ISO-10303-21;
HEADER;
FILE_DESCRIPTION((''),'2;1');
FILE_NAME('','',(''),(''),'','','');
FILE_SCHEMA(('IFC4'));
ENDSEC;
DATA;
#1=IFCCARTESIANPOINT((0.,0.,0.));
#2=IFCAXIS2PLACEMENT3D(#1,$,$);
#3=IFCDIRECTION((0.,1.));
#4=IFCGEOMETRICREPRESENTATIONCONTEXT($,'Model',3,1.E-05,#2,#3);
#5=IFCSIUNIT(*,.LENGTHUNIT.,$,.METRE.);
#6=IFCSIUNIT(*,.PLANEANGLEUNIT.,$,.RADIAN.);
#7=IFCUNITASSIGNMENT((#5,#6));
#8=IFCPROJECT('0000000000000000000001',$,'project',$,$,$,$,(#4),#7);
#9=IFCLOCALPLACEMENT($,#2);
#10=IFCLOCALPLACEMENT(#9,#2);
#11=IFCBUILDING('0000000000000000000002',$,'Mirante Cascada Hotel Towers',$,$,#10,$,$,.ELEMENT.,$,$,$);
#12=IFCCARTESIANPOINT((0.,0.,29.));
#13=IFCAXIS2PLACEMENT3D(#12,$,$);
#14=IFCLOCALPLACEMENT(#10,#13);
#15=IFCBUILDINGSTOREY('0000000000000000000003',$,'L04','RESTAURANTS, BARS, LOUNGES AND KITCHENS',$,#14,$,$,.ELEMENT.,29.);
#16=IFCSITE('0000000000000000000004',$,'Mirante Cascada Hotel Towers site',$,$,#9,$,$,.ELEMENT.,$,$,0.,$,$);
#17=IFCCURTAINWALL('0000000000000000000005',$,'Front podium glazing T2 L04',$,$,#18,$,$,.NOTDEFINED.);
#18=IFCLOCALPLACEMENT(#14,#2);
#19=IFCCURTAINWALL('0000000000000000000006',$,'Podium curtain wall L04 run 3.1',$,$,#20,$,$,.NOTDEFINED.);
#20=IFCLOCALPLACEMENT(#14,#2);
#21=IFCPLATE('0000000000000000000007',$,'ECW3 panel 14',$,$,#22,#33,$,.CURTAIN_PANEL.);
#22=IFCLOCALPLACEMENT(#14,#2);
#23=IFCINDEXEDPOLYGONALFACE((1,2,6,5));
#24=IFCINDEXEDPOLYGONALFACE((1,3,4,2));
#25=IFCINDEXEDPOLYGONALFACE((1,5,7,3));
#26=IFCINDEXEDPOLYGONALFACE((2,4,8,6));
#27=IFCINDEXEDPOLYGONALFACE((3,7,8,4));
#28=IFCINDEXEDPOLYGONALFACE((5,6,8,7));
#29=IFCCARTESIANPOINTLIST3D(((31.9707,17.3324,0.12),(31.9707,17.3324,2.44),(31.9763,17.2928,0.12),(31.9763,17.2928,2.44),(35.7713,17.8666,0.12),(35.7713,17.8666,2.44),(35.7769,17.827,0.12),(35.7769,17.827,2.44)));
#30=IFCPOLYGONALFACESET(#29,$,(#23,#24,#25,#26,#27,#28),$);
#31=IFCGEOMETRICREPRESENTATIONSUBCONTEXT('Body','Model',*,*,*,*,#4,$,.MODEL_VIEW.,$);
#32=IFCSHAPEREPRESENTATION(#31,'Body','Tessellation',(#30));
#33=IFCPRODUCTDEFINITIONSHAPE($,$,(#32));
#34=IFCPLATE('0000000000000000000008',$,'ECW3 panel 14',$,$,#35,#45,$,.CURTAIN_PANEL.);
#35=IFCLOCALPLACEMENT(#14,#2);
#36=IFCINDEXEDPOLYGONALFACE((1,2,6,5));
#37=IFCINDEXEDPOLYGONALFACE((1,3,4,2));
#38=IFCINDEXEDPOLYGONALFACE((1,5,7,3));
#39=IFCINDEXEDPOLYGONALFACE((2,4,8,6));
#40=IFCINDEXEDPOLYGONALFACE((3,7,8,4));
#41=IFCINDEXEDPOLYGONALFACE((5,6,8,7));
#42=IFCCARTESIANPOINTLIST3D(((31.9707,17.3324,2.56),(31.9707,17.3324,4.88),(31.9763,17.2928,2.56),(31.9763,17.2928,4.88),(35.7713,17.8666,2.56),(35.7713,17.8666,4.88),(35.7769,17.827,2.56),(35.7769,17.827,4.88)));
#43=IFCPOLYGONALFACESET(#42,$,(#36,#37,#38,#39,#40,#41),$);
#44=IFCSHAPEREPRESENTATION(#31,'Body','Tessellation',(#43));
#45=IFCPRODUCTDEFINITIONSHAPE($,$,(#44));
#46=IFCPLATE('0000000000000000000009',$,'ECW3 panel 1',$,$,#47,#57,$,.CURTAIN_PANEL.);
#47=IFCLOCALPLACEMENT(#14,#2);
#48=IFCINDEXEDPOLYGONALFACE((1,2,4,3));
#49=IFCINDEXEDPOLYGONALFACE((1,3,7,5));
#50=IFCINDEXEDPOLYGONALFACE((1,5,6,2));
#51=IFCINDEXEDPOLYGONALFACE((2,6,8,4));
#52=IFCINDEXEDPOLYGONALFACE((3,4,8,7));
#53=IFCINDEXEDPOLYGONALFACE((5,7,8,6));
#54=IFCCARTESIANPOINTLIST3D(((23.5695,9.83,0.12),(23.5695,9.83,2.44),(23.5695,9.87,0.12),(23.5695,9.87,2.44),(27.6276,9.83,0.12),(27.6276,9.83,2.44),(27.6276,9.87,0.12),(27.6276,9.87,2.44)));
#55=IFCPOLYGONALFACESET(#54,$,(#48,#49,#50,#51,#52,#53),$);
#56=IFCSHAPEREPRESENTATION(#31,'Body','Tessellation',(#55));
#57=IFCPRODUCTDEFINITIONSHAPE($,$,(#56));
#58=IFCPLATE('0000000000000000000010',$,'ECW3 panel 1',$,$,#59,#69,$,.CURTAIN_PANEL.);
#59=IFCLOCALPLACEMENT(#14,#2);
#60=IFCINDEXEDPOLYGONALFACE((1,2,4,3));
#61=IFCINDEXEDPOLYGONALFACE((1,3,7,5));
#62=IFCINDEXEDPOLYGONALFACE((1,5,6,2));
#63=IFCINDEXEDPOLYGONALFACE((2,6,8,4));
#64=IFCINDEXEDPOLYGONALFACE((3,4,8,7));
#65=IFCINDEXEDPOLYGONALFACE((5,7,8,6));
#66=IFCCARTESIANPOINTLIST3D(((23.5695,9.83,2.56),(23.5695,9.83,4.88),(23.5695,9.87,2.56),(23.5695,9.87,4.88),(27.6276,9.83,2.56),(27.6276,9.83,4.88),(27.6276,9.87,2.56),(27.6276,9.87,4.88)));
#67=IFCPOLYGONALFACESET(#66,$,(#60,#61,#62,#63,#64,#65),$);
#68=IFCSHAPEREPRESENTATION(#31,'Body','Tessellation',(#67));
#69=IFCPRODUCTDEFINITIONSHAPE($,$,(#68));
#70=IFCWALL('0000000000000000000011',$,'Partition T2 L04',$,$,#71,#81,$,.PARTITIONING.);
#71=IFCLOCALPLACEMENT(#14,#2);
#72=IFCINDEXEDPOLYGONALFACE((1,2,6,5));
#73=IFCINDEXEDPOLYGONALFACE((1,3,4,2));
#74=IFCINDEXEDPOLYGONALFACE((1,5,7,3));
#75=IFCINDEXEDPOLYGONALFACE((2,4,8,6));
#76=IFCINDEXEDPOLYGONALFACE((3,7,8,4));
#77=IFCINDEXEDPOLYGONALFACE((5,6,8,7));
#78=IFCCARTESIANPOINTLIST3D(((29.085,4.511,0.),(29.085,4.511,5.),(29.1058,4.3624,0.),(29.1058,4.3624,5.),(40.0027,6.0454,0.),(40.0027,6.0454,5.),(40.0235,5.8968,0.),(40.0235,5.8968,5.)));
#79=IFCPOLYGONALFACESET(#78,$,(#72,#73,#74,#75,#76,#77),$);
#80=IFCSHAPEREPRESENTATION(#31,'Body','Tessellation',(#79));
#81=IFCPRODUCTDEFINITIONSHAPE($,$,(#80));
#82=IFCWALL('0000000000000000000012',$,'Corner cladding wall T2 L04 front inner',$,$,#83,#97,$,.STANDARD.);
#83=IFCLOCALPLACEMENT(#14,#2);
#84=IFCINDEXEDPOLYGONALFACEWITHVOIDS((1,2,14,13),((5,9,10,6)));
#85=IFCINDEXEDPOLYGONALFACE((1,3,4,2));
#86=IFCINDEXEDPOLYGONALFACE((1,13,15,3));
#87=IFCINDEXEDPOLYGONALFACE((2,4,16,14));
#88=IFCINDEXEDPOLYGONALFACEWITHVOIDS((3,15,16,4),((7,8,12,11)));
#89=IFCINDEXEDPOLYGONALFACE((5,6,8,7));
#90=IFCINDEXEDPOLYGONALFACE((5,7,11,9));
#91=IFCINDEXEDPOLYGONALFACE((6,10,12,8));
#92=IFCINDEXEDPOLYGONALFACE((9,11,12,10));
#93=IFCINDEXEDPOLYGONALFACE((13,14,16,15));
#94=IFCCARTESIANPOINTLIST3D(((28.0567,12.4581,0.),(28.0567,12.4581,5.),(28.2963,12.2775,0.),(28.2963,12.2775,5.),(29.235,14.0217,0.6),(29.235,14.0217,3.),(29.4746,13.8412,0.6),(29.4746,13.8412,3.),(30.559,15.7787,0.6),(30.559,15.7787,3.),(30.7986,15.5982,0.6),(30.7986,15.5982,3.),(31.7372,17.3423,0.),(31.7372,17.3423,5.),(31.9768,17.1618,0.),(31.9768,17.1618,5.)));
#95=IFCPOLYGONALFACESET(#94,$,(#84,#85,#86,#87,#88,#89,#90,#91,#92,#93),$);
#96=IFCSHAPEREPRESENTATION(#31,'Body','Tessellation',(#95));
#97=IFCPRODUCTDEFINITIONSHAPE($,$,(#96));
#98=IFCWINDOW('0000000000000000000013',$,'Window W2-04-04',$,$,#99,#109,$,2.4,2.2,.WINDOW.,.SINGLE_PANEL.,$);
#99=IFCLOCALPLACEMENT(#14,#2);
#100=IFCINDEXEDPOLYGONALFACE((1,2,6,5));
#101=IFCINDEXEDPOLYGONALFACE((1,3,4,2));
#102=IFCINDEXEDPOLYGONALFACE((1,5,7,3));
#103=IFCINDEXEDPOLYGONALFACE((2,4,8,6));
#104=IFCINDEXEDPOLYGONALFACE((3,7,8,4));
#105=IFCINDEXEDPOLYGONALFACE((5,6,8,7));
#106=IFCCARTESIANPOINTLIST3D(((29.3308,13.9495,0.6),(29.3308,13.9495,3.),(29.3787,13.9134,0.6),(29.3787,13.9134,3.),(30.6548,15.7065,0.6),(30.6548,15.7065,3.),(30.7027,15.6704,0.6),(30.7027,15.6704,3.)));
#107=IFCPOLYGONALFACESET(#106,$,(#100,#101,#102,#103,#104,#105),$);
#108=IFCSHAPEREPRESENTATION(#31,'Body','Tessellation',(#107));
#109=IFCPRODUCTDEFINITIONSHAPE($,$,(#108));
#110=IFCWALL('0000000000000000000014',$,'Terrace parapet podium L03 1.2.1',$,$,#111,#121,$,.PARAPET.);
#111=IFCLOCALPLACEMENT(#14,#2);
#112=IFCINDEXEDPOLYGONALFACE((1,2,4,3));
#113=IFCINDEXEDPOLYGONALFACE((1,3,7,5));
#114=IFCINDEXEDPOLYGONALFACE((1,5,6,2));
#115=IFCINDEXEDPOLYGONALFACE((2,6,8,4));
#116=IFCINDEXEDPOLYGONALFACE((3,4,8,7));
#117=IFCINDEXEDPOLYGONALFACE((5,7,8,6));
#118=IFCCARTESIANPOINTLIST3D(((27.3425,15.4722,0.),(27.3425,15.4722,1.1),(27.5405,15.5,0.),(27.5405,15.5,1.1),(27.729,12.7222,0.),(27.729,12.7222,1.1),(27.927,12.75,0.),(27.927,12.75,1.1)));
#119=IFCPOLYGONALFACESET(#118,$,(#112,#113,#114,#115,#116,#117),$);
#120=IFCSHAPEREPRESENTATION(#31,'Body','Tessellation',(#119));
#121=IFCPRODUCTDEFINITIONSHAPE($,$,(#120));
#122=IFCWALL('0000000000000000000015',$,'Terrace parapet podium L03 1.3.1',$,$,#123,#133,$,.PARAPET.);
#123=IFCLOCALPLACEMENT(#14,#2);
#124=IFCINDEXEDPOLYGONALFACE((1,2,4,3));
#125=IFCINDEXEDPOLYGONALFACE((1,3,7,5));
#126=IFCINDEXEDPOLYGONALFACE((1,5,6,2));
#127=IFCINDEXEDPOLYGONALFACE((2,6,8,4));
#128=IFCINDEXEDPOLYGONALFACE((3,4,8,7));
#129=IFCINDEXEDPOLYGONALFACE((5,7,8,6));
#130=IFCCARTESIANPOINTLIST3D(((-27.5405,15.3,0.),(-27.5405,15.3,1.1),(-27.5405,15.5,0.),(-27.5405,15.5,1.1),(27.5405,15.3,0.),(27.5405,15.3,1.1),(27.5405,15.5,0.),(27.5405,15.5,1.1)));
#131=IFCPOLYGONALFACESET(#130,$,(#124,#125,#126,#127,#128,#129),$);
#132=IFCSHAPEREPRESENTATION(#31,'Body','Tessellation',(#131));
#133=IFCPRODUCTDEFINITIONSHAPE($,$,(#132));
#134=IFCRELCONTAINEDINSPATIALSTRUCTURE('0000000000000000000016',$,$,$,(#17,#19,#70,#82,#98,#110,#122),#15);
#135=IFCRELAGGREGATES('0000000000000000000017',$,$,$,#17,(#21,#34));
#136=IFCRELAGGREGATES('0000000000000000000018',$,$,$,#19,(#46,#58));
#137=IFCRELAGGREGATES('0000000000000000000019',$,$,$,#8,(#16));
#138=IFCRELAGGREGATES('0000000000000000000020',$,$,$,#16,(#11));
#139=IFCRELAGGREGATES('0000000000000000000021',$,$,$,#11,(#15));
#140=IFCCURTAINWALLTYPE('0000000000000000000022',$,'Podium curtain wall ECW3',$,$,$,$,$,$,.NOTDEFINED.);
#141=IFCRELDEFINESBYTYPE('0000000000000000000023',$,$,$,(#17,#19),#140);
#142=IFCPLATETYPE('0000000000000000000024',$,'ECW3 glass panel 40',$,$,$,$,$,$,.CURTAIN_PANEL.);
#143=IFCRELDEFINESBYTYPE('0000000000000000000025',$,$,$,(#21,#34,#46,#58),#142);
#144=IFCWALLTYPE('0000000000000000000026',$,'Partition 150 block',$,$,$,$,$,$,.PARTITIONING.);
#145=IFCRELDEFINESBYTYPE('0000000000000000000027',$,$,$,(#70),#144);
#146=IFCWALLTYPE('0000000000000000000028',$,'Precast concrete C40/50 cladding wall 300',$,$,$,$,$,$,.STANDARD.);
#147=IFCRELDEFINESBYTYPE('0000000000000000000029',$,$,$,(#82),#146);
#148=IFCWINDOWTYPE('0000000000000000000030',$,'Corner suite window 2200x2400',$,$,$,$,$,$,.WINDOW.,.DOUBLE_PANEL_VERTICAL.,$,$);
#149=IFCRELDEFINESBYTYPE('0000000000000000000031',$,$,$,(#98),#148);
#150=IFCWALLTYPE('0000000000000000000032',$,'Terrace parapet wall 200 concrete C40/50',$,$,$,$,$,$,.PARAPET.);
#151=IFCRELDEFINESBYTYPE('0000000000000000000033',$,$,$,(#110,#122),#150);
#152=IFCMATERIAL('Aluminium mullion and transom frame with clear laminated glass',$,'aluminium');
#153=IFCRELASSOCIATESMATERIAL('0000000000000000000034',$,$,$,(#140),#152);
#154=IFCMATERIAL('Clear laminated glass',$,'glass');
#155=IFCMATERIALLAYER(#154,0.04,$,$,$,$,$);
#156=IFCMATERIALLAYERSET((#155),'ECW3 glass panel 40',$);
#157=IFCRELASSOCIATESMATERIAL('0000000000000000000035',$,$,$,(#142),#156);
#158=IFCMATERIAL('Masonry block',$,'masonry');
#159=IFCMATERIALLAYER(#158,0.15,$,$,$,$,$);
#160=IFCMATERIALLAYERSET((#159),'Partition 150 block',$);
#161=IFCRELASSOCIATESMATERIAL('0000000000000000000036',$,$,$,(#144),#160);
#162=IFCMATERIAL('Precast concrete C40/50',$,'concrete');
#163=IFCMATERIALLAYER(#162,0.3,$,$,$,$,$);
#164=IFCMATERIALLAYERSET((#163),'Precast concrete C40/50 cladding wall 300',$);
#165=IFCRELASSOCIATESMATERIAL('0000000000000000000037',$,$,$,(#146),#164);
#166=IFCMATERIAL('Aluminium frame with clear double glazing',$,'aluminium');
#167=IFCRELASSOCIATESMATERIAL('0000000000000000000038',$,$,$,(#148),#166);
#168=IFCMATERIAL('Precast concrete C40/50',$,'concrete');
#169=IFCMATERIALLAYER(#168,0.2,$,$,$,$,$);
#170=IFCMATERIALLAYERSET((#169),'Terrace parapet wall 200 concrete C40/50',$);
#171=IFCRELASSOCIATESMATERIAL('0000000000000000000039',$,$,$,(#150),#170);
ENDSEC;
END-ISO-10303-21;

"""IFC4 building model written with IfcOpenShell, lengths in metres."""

from ifc_helpers import new_model, si_unit, direction, frame, frame_2d, origin, origin_2d, place, context, subcontext, project, spatial, rectangle, extrude, material, layer, layer_set, type_object, element, fill, aggregate, save


model = new_model("IFC4")

# Units and contexts
model_context = context("Model", 3, precision=1e-05, world=origin(), true_north=direction((0.0, 1.0)))
body_context = subcontext(model_context, "Body", "Model", "MODEL_VIEW")
ifc_project = project(units=[si_unit("LENGTHUNIT", "METRE"), si_unit("PLANEANGLEUNIT", "RADIAN")], contexts=[model_context])

# Site, building, storey
site_placement = place(None, origin())
site = spatial("IfcSite", under=ifc_project, at=site_placement, Name="Mirante Cascada Hotel Towers site", CompositionType="ELEMENT", RefElevation=0.0)
building_placement = place(site_placement, origin())
building = spatial("IfcBuilding", under=site, at=building_placement, Name="Mirante Cascada Hotel Towers", CompositionType="ELEMENT")
storey_placement = place(building_placement, frame((0.0, 0.0, 29.0)))
storey = spatial("IfcBuildingStorey", under=building, at=storey_placement, Name="L04", Description="RESTAURANTS, BARS, LOUNGES AND KITCHENS", CompositionType="ELEMENT", Elevation=29.0)

# Curtain walls
ifc_material_1 = material(Name="Aluminium mullion and transom frame with clear laminated glass", Category="aluminium")
curtain_wall_type = type_object("IfcCurtainWallType", Name="Podium curtain wall ECW3", PredefinedType="NOTDEFINED", material=ifc_material_1)
curtain_wall_1_placement = place(storey_placement, origin())
curtain_wall_1 = element("IfcCurtainWall", 1, at=curtain_wall_1_placement, inside=storey, type_object=curtain_wall_type, Name="Front podium glazing T2 L04", PredefinedType="NOTDEFINED")
curtain_wall_2_placement = place(storey_placement, origin())
curtain_wall_2 = element("IfcCurtainWall", 2, at=curtain_wall_2_placement, inside=storey, type_object=curtain_wall_type, Name="Podium curtain wall L04 run 3.1", PredefinedType="NOTDEFINED")

# Plates
ifc_material_2 = material(Name="Clear laminated glass", Category="glass")
ifc_layer_1 = layer(ifc_material_2, 0.04)
ifc_layer_set_1 = layer_set([ifc_layer_1], Name="ECW3 glass panel 40")
plate_type = type_object("IfcPlateType", Name="ECW3 glass panel 40", PredefinedType="CURTAIN_PANEL", material=ifc_layer_set_1)
plate_1_placement = place(storey_placement, frame((33.8738, 17.5797, 0.12), z_axis=(0.0, 0.0, 1.0), x_axis=(-0.990268, -0.139173, 0.0)))
plate_1 = element("IfcPlate", 3, at=plate_1_placement, type_object=plate_type, Name="ECW3 panel 14", PredefinedType="CURTAIN_PANEL", context=body_context, shape_type="SweptSolid", body=[
    extrude(rectangle(XDim=3.8379, YDim=0.04, at=origin_2d()), origin(), (0.0, 0.0, 1.0), 2.32),
])
plate_2_placement = place(storey_placement, frame((33.8738, 17.5797, 2.56), z_axis=(0.0, 0.0, 1.0), x_axis=(-0.990268, -0.139173, 0.0)))
plate_2 = element("IfcPlate", 4, at=plate_2_placement, type_object=plate_type, Name="ECW3 panel 14", PredefinedType="CURTAIN_PANEL", context=body_context, shape_type="SweptSolid", body=[
    extrude(rectangle(XDim=3.8379, YDim=0.04, at=origin_2d()), origin(), (0.0, 0.0, 1.0), 2.32),
])
aggregate(curtain_wall_1, [plate_1, plate_2])
plate_3_placement = place(storey_placement, frame((25.5985, 9.85, 0.12), z_axis=(0.0, 0.0, 1.0), x_axis=(-1.0, 0.0, 0.0)))
plate_3 = element("IfcPlate", 5, at=plate_3_placement, type_object=plate_type, Name="ECW3 panel 1", PredefinedType="CURTAIN_PANEL", context=body_context, shape_type="SweptSolid", body=[
    extrude(rectangle(XDim=4.0581, YDim=0.04, at=origin_2d()), origin(), (0.0, 0.0, 1.0), 2.32),
])
plate_4_placement = place(storey_placement, frame((25.5985, 9.85, 2.56), z_axis=(0.0, 0.0, 1.0), x_axis=(-1.0, 0.0, 0.0)))
plate_4 = element("IfcPlate", 6, at=plate_4_placement, type_object=plate_type, Name="ECW3 panel 1", PredefinedType="CURTAIN_PANEL", context=body_context, shape_type="SweptSolid", body=[
    extrude(rectangle(XDim=4.0581, YDim=0.04, at=origin_2d()), origin(), (0.0, 0.0, 1.0), 2.32),
])
aggregate(curtain_wall_2, [plate_3, plate_4])

# Wall
ifc_material_3 = material(Name="Masonry block", Category="masonry")
ifc_layer_2 = layer(ifc_material_3, 0.15)
ifc_layer_set_2 = layer_set([ifc_layer_2], Name="Partition 150 block")
wall_type_1 = type_object("IfcWallType", Name="Partition 150 block", PredefinedType="PARTITIONING", material=ifc_layer_set_2)
wall_1_placement = place(storey_placement, frame((29.0954, 4.4367, 0.0), z_axis=(0.0, 0.0, 1.0), x_axis=(0.990268, 0.139175, 0.0)))
element("IfcWall", 7, at=wall_1_placement, inside=storey, type_object=wall_type_1, Name="Partition T2 L04", PredefinedType="PARTITIONING", context=body_context, shape_type="SweptSolid", body=[
    extrude(rectangle(XDim=11.025, YDim=0.15, at=frame_2d((5.5125, 0.0))), origin(), (0.0, 0.0, 1.0), 5.0),
])

# Wall, opening, window
ifc_material_4 = material(Name="Precast concrete C40/50", Category="concrete")
ifc_layer_3 = layer(ifc_material_4, 0.3)
ifc_layer_set_3 = layer_set([ifc_layer_3], Name="Precast concrete C40/50 cladding wall 300")
wall_type_2 = type_object("IfcWallType", Name="Precast concrete C40/50 cladding wall 300", PredefinedType="STANDARD", material=ifc_layer_set_3)
wall_2_placement = place(storey_placement, frame((31.857, 17.252, 0.0), z_axis=(0.0, 0.0, 1.0), x_axis=(-0.601814, -0.798636, 0.0)))
wall_2 = element("IfcWall", 8, at=wall_2_placement, inside=storey, type_object=wall_type_2, Name="Corner cladding wall T2 L04 front inner", PredefinedType="STANDARD", context=body_context, shape_type="SweptSolid", body=[
    extrude(rectangle(XDim=6.1157, YDim=0.3, at=frame_2d((3.0578, 0.0))), origin(), (0.0, 0.0, 1.0), 5.0),
])
opening_placement = place(wall_2_placement, frame((1.9578, 0.0, 0.6)))
opening = element("IfcOpeningElement", 9, at=opening_placement, cuts=wall_2, PredefinedType="OPENING", context=body_context, shape_type="SweptSolid", body=[
    extrude(rectangle(XDim=2.2, YDim=2.4, at=frame_2d((1.1, 1.2))), frame((0.0, 0.15, 0.0), z_axis=(0.0, -1.0, 0.0), x_axis=(1.0, 0.0, 0.0)), (0.0, 0.0, 1.0), 0.3),
])
ifc_material_5 = material(Name="Aluminium frame with clear double glazing", Category="aluminium")
window_type = type_object("IfcWindowType", Name="Corner suite window 2200x2400", PartitioningType="DOUBLE_PANEL_VERTICAL", PredefinedType="WINDOW", material=ifc_material_5)
window_placement = place(opening_placement, origin())
window = element("IfcWindow", 10, at=window_placement, inside=storey, type_object=window_type, Name="Window W2-04-04", OverallHeight=2.4, OverallWidth=2.2, PartitioningType="SINGLE_PANEL", PredefinedType="WINDOW", context=body_context, shape_type="SweptSolid", body=[
    extrude(rectangle(XDim=2.2, YDim=2.4, at=frame_2d((1.1, 1.2))), frame((0.0, 0.03, 0.0), z_axis=(0.0, -1.0, 0.0), x_axis=(1.0, 0.0, 0.0)), (0.0, 0.0, 1.0), 0.06),
])
fill(opening, window)

# Walls
ifc_material_6 = material(Name="Precast concrete C40/50", Category="concrete")
ifc_layer_4 = layer(ifc_material_6, 0.2)
ifc_layer_set_4 = layer_set([ifc_layer_4], Name="Terrace parapet wall 200 concrete C40/50")
wall_type_3 = type_object("IfcWallType", Name="Terrace parapet wall 200 concrete C40/50", PredefinedType="PARAPET", material=ifc_layer_set_4)
wall_3_placement = place(storey_placement, frame((27.828, 12.7361, 0.0), z_axis=(0.0, 0.0, 1.0), x_axis=(-0.139178, 0.990267, 0.0)))
element("IfcWall", 11, at=wall_3_placement, inside=storey, type_object=wall_type_3, Name="Terrace parapet podium L03 1.2.1", PredefinedType="PARAPET", context=body_context, shape_type="SweptSolid", body=[
    extrude(rectangle(XDim=2.777, YDim=0.2, at=frame_2d((1.3885, 0.0))), origin(), (0.0, 0.0, 1.0), 1.1),
])
wall_4_placement = place(storey_placement, frame((27.5405, 15.4, 0.0), z_axis=(0.0, 0.0, 1.0), x_axis=(-1.0, 0.0, 0.0)))
element("IfcWall", 12, at=wall_4_placement, inside=storey, type_object=wall_type_3, Name="Terrace parapet podium L03 1.3.1", PredefinedType="PARAPET", context=body_context, shape_type="SweptSolid", body=[
    extrude(rectangle(XDim=55.081, YDim=0.2, at=frame_2d((27.5405, 0.0))), origin(), (0.0, 0.0, 1.0), 1.1),
])

save(model, "model.ifc")
